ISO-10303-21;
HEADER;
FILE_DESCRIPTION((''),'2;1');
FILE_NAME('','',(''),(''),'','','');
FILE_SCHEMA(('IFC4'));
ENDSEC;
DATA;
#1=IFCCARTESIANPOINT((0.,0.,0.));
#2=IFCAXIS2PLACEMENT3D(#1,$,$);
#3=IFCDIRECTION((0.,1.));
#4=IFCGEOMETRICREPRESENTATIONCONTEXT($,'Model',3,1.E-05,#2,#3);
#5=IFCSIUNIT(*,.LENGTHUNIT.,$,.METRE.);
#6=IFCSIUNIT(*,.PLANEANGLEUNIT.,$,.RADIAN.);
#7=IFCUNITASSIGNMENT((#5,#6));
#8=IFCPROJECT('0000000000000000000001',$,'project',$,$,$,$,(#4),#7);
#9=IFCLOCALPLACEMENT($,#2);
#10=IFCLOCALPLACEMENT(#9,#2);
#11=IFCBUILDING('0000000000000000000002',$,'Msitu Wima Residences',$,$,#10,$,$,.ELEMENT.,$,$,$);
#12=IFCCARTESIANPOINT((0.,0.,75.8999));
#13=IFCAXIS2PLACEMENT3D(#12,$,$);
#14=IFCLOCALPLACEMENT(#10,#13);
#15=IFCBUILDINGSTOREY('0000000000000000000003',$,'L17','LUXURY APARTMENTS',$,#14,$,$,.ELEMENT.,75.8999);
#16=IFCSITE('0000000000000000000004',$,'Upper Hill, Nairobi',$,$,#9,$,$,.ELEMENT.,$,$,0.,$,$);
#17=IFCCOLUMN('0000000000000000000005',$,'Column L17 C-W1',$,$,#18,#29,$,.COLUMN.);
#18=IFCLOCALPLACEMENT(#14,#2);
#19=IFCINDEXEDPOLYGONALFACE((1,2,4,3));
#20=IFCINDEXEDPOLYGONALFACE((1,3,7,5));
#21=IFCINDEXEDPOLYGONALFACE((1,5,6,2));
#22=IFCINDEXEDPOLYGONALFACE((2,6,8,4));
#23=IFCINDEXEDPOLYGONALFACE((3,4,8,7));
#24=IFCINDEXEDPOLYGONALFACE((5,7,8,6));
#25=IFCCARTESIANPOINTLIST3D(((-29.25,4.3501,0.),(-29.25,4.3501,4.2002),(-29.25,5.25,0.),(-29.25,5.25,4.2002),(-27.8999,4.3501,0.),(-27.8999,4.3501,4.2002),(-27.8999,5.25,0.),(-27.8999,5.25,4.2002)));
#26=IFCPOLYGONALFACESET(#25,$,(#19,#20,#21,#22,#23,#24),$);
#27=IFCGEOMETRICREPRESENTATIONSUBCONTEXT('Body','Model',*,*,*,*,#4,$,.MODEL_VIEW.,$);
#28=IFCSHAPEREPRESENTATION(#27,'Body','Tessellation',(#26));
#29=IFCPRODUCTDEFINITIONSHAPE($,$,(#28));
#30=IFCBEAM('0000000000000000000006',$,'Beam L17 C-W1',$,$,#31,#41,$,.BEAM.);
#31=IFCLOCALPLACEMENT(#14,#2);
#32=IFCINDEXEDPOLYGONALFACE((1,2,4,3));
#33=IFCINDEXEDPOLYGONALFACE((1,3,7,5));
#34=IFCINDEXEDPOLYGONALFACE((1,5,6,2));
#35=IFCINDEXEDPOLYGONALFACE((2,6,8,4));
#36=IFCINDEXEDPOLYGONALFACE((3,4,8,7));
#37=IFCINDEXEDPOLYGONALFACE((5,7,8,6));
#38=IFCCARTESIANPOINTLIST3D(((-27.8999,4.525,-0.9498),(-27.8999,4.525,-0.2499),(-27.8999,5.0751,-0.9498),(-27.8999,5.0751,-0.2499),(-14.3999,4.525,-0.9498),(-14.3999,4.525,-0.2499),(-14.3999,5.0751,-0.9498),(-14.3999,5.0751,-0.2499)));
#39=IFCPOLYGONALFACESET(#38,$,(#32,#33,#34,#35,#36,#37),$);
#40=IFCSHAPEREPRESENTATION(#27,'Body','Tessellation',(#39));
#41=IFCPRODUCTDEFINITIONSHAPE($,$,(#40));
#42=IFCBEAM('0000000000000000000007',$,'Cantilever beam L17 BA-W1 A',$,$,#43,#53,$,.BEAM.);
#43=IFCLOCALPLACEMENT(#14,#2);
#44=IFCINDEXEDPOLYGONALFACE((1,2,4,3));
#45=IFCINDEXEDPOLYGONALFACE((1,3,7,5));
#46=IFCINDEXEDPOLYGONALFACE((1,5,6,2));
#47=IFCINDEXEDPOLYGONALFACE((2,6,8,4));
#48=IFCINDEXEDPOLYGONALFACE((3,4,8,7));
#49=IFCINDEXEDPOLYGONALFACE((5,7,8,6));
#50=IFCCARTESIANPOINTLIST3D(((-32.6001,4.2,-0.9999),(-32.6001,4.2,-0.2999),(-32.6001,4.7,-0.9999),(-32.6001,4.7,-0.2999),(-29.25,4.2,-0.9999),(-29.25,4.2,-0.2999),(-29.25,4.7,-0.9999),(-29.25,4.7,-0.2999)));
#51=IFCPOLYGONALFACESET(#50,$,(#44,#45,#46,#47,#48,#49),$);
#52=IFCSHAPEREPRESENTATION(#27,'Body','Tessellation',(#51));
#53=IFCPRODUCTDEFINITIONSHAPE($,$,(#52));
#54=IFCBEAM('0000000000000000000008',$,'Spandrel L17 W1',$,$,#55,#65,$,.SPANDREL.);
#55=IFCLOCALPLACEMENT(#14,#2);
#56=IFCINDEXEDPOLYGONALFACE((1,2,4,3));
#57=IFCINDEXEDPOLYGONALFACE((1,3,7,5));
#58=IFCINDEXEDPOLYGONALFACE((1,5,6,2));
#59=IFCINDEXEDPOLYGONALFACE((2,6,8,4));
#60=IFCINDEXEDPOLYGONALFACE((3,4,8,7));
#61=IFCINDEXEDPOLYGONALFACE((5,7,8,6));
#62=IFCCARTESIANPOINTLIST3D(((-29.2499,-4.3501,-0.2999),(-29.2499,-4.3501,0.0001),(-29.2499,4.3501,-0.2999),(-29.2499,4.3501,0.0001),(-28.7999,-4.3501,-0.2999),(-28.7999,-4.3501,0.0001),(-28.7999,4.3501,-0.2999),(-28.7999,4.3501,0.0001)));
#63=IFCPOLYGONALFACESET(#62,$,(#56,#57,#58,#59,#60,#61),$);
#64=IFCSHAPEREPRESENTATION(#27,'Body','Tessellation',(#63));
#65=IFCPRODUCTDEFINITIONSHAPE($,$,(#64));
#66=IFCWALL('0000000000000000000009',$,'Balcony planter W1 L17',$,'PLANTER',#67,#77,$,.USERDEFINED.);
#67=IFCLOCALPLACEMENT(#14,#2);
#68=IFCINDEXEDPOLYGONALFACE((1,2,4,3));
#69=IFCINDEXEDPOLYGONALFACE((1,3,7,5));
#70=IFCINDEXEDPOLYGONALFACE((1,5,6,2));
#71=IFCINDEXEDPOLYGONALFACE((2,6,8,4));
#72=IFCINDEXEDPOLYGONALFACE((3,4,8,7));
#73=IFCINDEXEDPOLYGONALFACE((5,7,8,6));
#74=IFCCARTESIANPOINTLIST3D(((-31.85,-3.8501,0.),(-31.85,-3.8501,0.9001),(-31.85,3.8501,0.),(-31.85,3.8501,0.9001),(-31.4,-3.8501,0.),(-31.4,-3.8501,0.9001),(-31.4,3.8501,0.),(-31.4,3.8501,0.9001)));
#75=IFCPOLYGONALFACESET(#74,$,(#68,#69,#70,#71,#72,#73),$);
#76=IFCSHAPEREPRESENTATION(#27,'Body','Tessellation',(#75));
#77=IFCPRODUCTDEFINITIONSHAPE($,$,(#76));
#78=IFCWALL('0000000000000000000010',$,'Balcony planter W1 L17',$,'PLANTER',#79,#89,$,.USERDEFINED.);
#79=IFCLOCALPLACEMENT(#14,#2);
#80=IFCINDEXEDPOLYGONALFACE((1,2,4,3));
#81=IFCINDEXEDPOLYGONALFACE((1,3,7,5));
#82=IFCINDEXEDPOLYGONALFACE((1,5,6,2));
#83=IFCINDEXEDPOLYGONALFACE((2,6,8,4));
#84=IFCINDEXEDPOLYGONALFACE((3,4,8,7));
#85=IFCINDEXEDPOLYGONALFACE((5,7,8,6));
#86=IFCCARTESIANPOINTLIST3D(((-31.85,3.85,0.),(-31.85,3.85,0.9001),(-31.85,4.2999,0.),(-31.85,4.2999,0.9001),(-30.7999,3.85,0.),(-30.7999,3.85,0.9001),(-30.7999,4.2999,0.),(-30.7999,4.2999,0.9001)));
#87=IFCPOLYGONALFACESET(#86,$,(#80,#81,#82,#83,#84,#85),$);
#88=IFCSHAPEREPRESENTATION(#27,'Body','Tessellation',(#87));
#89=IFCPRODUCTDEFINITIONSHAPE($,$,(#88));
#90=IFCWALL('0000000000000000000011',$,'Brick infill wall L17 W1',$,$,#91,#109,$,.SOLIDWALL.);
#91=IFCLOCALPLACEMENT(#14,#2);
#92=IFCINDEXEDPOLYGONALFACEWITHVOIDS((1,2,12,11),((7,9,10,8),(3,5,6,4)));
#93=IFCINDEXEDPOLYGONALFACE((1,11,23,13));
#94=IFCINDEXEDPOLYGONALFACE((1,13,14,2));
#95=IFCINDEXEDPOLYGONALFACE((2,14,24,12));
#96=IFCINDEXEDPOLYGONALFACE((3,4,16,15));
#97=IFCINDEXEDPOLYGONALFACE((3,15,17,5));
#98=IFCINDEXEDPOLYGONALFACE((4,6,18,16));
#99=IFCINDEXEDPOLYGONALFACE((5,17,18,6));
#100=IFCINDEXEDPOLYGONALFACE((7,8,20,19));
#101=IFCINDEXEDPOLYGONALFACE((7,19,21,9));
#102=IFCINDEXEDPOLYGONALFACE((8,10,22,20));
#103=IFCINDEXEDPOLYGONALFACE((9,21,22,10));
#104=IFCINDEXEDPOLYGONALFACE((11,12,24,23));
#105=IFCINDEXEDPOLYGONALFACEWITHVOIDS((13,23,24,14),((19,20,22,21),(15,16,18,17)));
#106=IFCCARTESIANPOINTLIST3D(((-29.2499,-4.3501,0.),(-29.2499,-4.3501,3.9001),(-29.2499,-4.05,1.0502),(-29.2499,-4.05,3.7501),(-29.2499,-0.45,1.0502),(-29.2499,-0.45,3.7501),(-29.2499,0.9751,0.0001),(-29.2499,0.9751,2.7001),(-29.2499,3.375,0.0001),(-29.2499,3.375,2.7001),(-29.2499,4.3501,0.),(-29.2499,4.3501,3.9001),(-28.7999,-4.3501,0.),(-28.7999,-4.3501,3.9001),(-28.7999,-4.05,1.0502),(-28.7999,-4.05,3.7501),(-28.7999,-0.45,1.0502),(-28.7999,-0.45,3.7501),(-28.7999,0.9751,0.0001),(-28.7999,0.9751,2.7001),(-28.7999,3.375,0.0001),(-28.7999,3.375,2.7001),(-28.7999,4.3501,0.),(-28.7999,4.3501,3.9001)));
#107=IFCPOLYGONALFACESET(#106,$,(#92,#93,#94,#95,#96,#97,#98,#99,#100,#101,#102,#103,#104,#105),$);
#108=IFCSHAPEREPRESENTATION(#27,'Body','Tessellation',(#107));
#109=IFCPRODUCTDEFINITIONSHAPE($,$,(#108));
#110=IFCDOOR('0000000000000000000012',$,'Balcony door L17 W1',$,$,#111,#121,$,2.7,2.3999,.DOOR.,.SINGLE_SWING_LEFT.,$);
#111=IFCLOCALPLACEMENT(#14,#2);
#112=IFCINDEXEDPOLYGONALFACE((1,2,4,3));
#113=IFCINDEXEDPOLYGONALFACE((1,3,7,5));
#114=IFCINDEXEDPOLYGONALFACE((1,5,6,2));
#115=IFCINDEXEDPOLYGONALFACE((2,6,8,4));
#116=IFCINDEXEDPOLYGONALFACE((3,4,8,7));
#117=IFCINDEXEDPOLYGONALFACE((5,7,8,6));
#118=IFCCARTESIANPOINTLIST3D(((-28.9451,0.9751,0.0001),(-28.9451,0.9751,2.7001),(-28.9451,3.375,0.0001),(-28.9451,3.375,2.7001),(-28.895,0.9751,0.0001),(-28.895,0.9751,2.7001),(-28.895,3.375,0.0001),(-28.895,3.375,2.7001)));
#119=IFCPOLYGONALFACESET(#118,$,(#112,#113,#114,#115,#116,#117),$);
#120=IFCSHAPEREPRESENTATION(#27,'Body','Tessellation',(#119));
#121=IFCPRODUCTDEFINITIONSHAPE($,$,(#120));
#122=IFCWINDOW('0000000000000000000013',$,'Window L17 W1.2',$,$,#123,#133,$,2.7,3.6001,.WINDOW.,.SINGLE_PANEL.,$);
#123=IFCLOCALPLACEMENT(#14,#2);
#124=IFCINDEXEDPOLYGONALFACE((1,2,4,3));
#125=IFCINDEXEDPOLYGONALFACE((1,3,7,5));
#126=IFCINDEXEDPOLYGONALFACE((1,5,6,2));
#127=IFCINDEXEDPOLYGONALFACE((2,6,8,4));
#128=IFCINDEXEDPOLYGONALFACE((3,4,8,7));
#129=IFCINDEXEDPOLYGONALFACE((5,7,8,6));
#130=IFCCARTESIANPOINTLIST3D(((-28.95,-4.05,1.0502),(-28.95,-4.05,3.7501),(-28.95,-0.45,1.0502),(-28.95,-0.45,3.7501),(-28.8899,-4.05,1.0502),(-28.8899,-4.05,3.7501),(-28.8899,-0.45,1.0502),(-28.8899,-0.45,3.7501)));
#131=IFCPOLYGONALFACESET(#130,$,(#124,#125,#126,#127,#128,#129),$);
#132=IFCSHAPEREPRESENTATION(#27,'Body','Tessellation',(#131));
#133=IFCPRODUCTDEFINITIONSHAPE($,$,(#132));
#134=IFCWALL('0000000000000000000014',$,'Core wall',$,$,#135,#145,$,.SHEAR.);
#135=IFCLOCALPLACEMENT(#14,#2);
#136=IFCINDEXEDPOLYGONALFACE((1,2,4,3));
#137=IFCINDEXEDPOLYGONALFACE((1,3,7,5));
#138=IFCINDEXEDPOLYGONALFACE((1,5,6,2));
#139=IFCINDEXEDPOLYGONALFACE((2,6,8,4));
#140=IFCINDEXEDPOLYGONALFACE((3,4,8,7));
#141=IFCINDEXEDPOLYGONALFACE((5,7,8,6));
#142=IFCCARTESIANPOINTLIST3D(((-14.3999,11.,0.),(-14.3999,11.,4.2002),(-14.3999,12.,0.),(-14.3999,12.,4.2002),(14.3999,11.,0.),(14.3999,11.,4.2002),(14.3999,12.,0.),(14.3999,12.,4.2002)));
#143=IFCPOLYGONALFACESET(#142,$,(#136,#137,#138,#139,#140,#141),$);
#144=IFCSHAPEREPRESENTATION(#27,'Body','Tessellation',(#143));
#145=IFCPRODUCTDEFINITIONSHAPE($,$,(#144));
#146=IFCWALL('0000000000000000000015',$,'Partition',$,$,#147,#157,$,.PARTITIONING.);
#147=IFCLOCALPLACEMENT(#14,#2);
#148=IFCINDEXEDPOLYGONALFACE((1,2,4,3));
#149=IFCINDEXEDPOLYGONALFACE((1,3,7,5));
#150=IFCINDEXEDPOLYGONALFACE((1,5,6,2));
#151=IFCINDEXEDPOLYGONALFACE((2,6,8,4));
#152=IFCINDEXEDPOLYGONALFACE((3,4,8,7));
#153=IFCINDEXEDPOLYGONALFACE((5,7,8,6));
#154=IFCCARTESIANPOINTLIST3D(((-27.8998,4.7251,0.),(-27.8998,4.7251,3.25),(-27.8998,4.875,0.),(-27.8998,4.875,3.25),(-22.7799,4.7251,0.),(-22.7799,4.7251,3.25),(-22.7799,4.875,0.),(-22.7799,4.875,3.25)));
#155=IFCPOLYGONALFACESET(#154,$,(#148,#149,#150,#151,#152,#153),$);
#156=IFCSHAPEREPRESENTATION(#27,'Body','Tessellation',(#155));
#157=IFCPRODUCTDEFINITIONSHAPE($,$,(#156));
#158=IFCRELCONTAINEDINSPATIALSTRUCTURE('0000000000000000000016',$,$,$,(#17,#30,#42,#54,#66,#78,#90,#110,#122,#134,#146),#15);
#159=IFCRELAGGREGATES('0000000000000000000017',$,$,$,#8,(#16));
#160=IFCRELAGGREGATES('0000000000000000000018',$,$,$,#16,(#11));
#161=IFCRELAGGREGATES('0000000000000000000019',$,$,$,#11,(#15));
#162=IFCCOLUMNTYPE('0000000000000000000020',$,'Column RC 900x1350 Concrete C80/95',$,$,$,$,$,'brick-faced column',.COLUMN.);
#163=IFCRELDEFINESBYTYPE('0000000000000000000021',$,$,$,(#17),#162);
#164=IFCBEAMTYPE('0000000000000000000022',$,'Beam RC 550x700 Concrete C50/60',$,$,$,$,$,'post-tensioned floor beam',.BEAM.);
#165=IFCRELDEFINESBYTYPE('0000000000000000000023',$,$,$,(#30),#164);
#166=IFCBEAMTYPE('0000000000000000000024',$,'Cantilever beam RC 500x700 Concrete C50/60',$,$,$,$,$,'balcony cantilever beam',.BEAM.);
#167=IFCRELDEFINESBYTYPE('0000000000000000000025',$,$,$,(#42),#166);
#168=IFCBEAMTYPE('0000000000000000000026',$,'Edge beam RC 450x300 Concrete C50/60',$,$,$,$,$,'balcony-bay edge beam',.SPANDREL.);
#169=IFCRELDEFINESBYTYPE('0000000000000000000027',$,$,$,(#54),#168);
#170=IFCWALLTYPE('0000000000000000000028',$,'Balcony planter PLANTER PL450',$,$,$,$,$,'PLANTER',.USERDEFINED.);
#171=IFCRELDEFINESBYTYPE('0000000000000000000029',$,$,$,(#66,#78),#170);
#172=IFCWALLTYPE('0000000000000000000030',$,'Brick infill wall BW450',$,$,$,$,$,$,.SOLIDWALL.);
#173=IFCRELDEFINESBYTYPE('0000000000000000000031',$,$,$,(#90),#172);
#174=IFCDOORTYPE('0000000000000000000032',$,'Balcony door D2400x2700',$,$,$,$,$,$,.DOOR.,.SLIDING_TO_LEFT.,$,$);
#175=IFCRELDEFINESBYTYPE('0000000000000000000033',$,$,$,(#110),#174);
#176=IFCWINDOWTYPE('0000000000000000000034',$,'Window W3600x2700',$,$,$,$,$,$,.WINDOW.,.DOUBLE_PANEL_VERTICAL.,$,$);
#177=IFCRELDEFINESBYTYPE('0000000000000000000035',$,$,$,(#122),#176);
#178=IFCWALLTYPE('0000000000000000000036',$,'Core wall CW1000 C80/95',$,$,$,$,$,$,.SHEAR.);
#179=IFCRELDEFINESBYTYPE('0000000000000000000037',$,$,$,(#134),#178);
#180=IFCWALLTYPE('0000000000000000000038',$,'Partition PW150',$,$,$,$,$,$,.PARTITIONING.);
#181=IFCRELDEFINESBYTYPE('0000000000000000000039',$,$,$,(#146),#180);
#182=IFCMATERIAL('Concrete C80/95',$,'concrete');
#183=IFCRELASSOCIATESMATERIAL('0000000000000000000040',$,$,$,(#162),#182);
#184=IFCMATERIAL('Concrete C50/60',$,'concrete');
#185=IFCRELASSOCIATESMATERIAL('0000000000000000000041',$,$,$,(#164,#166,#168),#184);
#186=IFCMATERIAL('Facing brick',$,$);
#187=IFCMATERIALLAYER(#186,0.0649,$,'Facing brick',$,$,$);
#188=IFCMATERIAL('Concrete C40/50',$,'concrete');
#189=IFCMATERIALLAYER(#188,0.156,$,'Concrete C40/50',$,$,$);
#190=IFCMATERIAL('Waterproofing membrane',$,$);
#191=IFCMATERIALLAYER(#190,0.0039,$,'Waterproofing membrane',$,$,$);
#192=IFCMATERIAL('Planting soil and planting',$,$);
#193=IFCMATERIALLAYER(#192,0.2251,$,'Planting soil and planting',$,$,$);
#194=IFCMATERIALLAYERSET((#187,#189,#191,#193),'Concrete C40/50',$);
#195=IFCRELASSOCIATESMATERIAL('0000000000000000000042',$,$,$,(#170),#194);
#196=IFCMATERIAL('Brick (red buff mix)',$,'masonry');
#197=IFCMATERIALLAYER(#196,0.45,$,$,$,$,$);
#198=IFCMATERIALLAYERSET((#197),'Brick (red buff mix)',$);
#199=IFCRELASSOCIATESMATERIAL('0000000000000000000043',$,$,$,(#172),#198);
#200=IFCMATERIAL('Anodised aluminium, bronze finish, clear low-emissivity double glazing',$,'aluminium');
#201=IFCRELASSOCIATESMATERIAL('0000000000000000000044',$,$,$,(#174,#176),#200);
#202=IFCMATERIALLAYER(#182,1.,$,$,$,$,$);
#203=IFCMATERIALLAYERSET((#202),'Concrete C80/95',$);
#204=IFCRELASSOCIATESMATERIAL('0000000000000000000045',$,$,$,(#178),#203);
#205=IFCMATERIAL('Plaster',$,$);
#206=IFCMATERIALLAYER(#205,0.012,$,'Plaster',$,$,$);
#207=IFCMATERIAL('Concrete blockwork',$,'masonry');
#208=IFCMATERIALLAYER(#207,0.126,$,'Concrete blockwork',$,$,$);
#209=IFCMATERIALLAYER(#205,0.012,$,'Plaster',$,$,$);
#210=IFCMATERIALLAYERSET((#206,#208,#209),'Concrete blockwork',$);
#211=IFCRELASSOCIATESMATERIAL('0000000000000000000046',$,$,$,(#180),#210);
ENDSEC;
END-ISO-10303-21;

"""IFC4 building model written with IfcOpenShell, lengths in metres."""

from ifc_helpers import new_model, si_unit, direction, frame, frame_2d, origin, origin_2d, place, context, subcontext, project, spatial, rectangle, extrude, material, layer, layer_set, material_profile, profile_set, type_object, element, fill, save


model = new_model("IFC4")

# Units and contexts
model_context = context("Model", 3, precision=1e-05, world=origin(), true_north=direction((0.0, 1.0)))
body_context = subcontext(model_context, "Body", "Model", "MODEL_VIEW")
ifc_project = project(units=[si_unit("LENGTHUNIT", "METRE"), si_unit("PLANEANGLEUNIT", "RADIAN")], contexts=[model_context])

# Site, building, storey
site_placement = place(None, origin())
site = spatial("IfcSite", under=ifc_project, at=site_placement, Name="Upper Hill, Nairobi", CompositionType="ELEMENT", RefElevation=0.0)
building_placement = place(site_placement, origin())
building = spatial("IfcBuilding", under=site, at=building_placement, Name="Msitu Wima Residences", CompositionType="ELEMENT")
storey_placement = place(building_placement, frame((0.0, 0.0, 75.8999)))
storey = spatial("IfcBuildingStorey", under=building, at=storey_placement, Name="L17", Description="LUXURY APARTMENTS", CompositionType="ELEMENT", Elevation=75.8999)

# Column
ifc_material_1 = material(Name="Concrete C80/95", Category="concrete")
ifc_material_profile_1 = material_profile(ifc_material_1, rectangle(XDim=0.8999, YDim=1.3501, at=origin_2d()), Name="RC 900x1350")
ifc_profile_set_1 = profile_set([ifc_material_profile_1], Name="Concrete C80/95")
column_type = type_object("IfcColumnType", Name="Column RC 900x1350 Concrete C80/95", ElementType="brick-faced column", PredefinedType="COLUMN", material=ifc_profile_set_1)
column_placement = place(storey_placement, frame((-28.575, 4.8, 0.0), z_axis=(0.0, 0.0, 1.0), x_axis=(0.0, -1.0, 0.0)))
element("IfcColumn", 1, at=column_placement, inside=storey, type_object=column_type, Name="Column L17 C-W1", PredefinedType="COLUMN", context=body_context, shape_type="SweptSolid", body=[
    extrude(rectangle(XDim=0.8999, YDim=1.3501, at=origin_2d()), origin(), (0.0, 0.0, 1.0), 4.2002),
])

# Beams
ifc_material_2 = material(Name="Concrete C50/60", Category="concrete")
ifc_material_profile_2 = material_profile(ifc_material_2, rectangle(XDim=0.55, YDim=0.7, at=origin_2d()), Name="RC 550x700")
ifc_profile_set_2 = profile_set([ifc_material_profile_2], Name="Concrete C50/60")
beam_type_1 = type_object("IfcBeamType", Name="Beam RC 550x700 Concrete C50/60", ElementType="post-tensioned floor beam", PredefinedType="BEAM", material=ifc_profile_set_2)
beam_1_placement = place(storey_placement, frame((-27.8999, 4.8, -0.5999), z_axis=(1.0, 0.0, 0.0), x_axis=(0.0, 1.0, 0.0)))
element("IfcBeam", 2, at=beam_1_placement, inside=storey, type_object=beam_type_1, Name="Beam L17 C-W1", PredefinedType="BEAM", context=body_context, shape_type="SweptSolid", body=[
    extrude(rectangle(XDim=0.55, YDim=0.7, at=origin_2d()), origin(), (0.0, 0.0, 1.0), 13.5),
])
ifc_material_profile_3 = material_profile(ifc_material_2, rectangle(XDim=0.5, YDim=0.7, at=origin_2d()), Name="RC 500x700")
ifc_profile_set_3 = profile_set([ifc_material_profile_3], Name="Concrete C50/60")
beam_type_2 = type_object("IfcBeamType", Name="Cantilever beam RC 500x700 Concrete C50/60", ElementType="balcony cantilever beam", PredefinedType="BEAM", material=ifc_profile_set_3)
beam_2_placement = place(storey_placement, frame((-29.25, 4.45, -0.6499), z_axis=(-1.0, 0.0, 0.0), x_axis=(0.0, -1.0, 0.0)))
element("IfcBeam", 3, at=beam_2_placement, inside=storey, type_object=beam_type_2, Name="Cantilever beam L17 BA-W1 A", PredefinedType="BEAM", context=body_context, shape_type="SweptSolid", body=[
    extrude(rectangle(XDim=0.5, YDim=0.7, at=origin_2d()), origin(), (0.0, 0.0, 1.0), 3.3501),
])
ifc_material_profile_4 = material_profile(ifc_material_2, rectangle(XDim=0.45, YDim=0.3, at=origin_2d()), Name="RC 450x300")
ifc_profile_set_4 = profile_set([ifc_material_profile_4], Name="Concrete C50/60")
beam_type_3 = type_object("IfcBeamType", Name="Edge beam RC 450x300 Concrete C50/60", ElementType="balcony-bay edge beam", PredefinedType="SPANDREL", material=ifc_profile_set_4)
beam_3_placement = place(storey_placement, frame((-29.0249, 4.3501, -0.1499), z_axis=(0.0, -1.0, 0.0), x_axis=(1.0, 0.0, 0.0)))
element("IfcBeam", 4, at=beam_3_placement, inside=storey, type_object=beam_type_3, Name="Spandrel L17 W1", PredefinedType="SPANDREL", context=body_context, shape_type="SweptSolid", body=[
    extrude(rectangle(XDim=0.45, YDim=0.3, at=origin_2d()), origin(), (0.0, 0.0, 1.0), 8.7002),
])

# Walls
ifc_material_3 = material(Name="Facing brick")
ifc_layer_1 = layer(ifc_material_3, 0.0649, Name="Facing brick")
ifc_material_4 = material(Name="Concrete C40/50", Category="concrete")
ifc_layer_2 = layer(ifc_material_4, 0.156, Name="Concrete C40/50")
ifc_material_5 = material(Name="Waterproofing membrane")
ifc_layer_3 = layer(ifc_material_5, 0.0039, Name="Waterproofing membrane")
ifc_material_6 = material(Name="Planting soil and planting")
ifc_layer_4 = layer(ifc_material_6, 0.2251, Name="Planting soil and planting")
ifc_layer_set_1 = layer_set([ifc_layer_1, ifc_layer_2, ifc_layer_3, ifc_layer_4], Name="Concrete C40/50")
wall_type_1 = type_object("IfcWallType", Name="Balcony planter PLANTER PL450", ElementType="PLANTER", PredefinedType="USERDEFINED", material=ifc_layer_set_1)
wall_1_placement = place(storey_placement, frame((-31.625, 3.8501, 0.0), z_axis=(0.0, 0.0, 1.0), x_axis=(0.0, -1.0, 0.0)))
element("IfcWall", 5, at=wall_1_placement, inside=storey, type_object=wall_type_1, Name="Balcony planter W1 L17", ObjectType="PLANTER", PredefinedType="USERDEFINED", context=body_context, shape_type="SweptSolid", body=[
    extrude(rectangle(XDim=7.7002, YDim=0.45, at=frame_2d((3.8501, 0.0))), origin(), (0.0, 0.0, 1.0), 0.9001),
])
wall_2_placement = place(storey_placement, frame((-30.8, 4.075, 0.0), z_axis=(0.0, 0.0, 1.0), x_axis=(-1.0, 0.0, 0.0)))
element("IfcWall", 6, at=wall_2_placement, inside=storey, type_object=wall_type_1, Name="Balcony planter W1 L17", ObjectType="PLANTER", PredefinedType="USERDEFINED", context=body_context, shape_type="SweptSolid", body=[
    extrude(rectangle(XDim=1.05, YDim=0.45, at=frame_2d((0.5249, 0.0))), origin(), (0.0, 0.0, 1.0), 0.9001),
])

# Wall, openings, door, window
ifc_material_7 = material(Name="Brick (red buff mix)", Category="masonry")
ifc_layer_5 = layer(ifc_material_7, 0.45)
ifc_layer_set_2 = layer_set([ifc_layer_5], Name="Brick (red buff mix)")
wall_type_2 = type_object("IfcWallType", Name="Brick infill wall BW450", PredefinedType="SOLIDWALL", material=ifc_layer_set_2)
wall_3_placement = place(storey_placement, frame((-29.0249, 4.3501, 0.0), z_axis=(0.0, 0.0, 1.0), x_axis=(0.0, -1.0, 0.0)))
wall_3 = element("IfcWall", 7, at=wall_3_placement, inside=storey, type_object=wall_type_2, Name="Brick infill wall L17 W1", PredefinedType="SOLIDWALL", context=body_context, shape_type="SweptSolid", body=[
    extrude(rectangle(XDim=8.7002, YDim=0.45, at=frame_2d((4.3501, 0.0))), origin(), (0.0, 0.0, 1.0), 3.9001),
])
opening_1_placement = place(wall_3_placement, frame((0.9751, 0.0, 0.0)))
opening_1 = element("IfcOpeningElement", 8, at=opening_1_placement, cuts=wall_3, PredefinedType="OPENING", context=body_context, shape_type="SweptSolid", body=[
    extrude(rectangle(XDim=2.3999, YDim=2.7, at=frame_2d((1.2, 1.3501))), frame((0.0, 0.2349, 0.0), z_axis=(0.0, -1.0, 0.0), x_axis=(1.0, 0.0, 0.0)), (0.0, 0.0, 1.0), 0.47),
])
opening_2_placement = place(wall_3_placement, frame((4.8, 0.0, 1.05)))
opening_2 = element("IfcOpeningElement", 9, at=opening_2_placement, cuts=wall_3, PredefinedType="OPENING", context=body_context, shape_type="SweptSolid", body=[
    extrude(rectangle(XDim=3.6001, YDim=2.7, at=frame_2d((1.8, 1.3501))), frame((0.0, 0.2349, 0.0), z_axis=(0.0, -1.0, 0.0), x_axis=(1.0, 0.0, 0.0)), (0.0, 0.0, 1.0), 0.47),
])
ifc_material_8 = material(Name="Anodised aluminium, bronze finish, clear low-emissivity double glazing", Category="aluminium")
door_type_1 = type_object("IfcDoorType", Name="Balcony door D2400x2700", OperationType="SLIDING_TO_LEFT", PredefinedType="DOOR", material=ifc_material_8)
door_1_placement = place(opening_1_placement, origin())
door_1 = element("IfcDoor", 10, at=door_1_placement, inside=storey, type_object=door_type_1, Name="Balcony door L17 W1", OperationType="SINGLE_SWING_LEFT", OverallHeight=2.7, OverallWidth=2.3999, PredefinedType="DOOR", context=body_context, shape_type="SweptSolid", body=[
    extrude(rectangle(XDim=2.3999, YDim=2.7, at=frame_2d((1.2, 1.3501))), frame((0.0, 0.1299, 0.0), z_axis=(0.0, -1.0, 0.0), x_axis=(1.0, 0.0, 0.0)), (0.0, 0.0, 1.0), 0.05),
])
fill(opening_1, door_1)
window_type = type_object("IfcWindowType", Name="Window W3600x2700", PartitioningType="DOUBLE_PANEL_VERTICAL", PredefinedType="WINDOW", material=ifc_material_8)
window_placement = place(opening_2_placement, origin())
window = element("IfcWindow", 11, at=window_placement, inside=storey, type_object=window_type, Name="Window L17 W1.2", OverallHeight=2.7, OverallWidth=3.6001, PartitioningType="SINGLE_PANEL", PredefinedType="WINDOW", context=body_context, shape_type="SweptSolid", body=[
    extrude(rectangle(XDim=3.6001, YDim=2.7, at=frame_2d((1.8, 1.3501))), frame((0.0, 0.135, 0.0), z_axis=(0.0, -1.0, 0.0), x_axis=(1.0, 0.0, 0.0)), (0.0, 0.0, 1.0), 0.0601),
])
fill(opening_2, window)

# Walls
ifc_layer_6 = layer(ifc_material_1, 1.0)
ifc_layer_set_3 = layer_set([ifc_layer_6], Name="Concrete C80/95")
wall_type_3 = type_object("IfcWallType", Name="Core wall CW1000 C80/95", PredefinedType="SHEAR", material=ifc_layer_set_3)
wall_4_placement = place(storey_placement, frame((-14.3999, 11.5, 0.0), z_axis=(0.0, 0.0, 1.0), x_axis=(1.0, 0.0, 0.0)))
element("IfcWall", 12, at=wall_4_placement, inside=storey, type_object=wall_type_3, Name="Core wall", PredefinedType="SHEAR", context=body_context, shape_type="SweptSolid", body=[
    extrude(rectangle(XDim=28.7998, YDim=1.0, at=frame_2d((14.3999, 0.0))), origin(), (0.0, 0.0, 1.0), 4.2002),
])
ifc_material_9 = material(Name="Plaster")
ifc_layer_7 = layer(ifc_material_9, 0.012, Name="Plaster")
ifc_material_10 = material(Name="Concrete blockwork", Category="masonry")
ifc_layer_8 = layer(ifc_material_10, 0.126, Name="Concrete blockwork")
ifc_layer_9 = layer(ifc_material_9, 0.012, Name="Plaster")
ifc_layer_set_4 = layer_set([ifc_layer_7, ifc_layer_8, ifc_layer_9], Name="Concrete blockwork")
wall_type_4 = type_object("IfcWallType", Name="Partition PW150", PredefinedType="PARTITIONING", material=ifc_layer_set_4)
wall_5_placement = place(storey_placement, frame((-27.8999, 4.8, 0.0), z_axis=(0.0, 0.0, 1.0), x_axis=(1.0, 0.0, 0.0)))
element("IfcWall", 13, at=wall_5_placement, inside=storey, type_object=wall_type_4, Name="Partition", PredefinedType="PARTITIONING", context=body_context, shape_type="SweptSolid", body=[
    extrude(rectangle(XDim=5.1199, YDim=0.1499, at=frame_2d((2.5601, 0.0))), origin(), (0.0, 0.0, 1.0), 3.25),
])

save(model, "model.ifc")
